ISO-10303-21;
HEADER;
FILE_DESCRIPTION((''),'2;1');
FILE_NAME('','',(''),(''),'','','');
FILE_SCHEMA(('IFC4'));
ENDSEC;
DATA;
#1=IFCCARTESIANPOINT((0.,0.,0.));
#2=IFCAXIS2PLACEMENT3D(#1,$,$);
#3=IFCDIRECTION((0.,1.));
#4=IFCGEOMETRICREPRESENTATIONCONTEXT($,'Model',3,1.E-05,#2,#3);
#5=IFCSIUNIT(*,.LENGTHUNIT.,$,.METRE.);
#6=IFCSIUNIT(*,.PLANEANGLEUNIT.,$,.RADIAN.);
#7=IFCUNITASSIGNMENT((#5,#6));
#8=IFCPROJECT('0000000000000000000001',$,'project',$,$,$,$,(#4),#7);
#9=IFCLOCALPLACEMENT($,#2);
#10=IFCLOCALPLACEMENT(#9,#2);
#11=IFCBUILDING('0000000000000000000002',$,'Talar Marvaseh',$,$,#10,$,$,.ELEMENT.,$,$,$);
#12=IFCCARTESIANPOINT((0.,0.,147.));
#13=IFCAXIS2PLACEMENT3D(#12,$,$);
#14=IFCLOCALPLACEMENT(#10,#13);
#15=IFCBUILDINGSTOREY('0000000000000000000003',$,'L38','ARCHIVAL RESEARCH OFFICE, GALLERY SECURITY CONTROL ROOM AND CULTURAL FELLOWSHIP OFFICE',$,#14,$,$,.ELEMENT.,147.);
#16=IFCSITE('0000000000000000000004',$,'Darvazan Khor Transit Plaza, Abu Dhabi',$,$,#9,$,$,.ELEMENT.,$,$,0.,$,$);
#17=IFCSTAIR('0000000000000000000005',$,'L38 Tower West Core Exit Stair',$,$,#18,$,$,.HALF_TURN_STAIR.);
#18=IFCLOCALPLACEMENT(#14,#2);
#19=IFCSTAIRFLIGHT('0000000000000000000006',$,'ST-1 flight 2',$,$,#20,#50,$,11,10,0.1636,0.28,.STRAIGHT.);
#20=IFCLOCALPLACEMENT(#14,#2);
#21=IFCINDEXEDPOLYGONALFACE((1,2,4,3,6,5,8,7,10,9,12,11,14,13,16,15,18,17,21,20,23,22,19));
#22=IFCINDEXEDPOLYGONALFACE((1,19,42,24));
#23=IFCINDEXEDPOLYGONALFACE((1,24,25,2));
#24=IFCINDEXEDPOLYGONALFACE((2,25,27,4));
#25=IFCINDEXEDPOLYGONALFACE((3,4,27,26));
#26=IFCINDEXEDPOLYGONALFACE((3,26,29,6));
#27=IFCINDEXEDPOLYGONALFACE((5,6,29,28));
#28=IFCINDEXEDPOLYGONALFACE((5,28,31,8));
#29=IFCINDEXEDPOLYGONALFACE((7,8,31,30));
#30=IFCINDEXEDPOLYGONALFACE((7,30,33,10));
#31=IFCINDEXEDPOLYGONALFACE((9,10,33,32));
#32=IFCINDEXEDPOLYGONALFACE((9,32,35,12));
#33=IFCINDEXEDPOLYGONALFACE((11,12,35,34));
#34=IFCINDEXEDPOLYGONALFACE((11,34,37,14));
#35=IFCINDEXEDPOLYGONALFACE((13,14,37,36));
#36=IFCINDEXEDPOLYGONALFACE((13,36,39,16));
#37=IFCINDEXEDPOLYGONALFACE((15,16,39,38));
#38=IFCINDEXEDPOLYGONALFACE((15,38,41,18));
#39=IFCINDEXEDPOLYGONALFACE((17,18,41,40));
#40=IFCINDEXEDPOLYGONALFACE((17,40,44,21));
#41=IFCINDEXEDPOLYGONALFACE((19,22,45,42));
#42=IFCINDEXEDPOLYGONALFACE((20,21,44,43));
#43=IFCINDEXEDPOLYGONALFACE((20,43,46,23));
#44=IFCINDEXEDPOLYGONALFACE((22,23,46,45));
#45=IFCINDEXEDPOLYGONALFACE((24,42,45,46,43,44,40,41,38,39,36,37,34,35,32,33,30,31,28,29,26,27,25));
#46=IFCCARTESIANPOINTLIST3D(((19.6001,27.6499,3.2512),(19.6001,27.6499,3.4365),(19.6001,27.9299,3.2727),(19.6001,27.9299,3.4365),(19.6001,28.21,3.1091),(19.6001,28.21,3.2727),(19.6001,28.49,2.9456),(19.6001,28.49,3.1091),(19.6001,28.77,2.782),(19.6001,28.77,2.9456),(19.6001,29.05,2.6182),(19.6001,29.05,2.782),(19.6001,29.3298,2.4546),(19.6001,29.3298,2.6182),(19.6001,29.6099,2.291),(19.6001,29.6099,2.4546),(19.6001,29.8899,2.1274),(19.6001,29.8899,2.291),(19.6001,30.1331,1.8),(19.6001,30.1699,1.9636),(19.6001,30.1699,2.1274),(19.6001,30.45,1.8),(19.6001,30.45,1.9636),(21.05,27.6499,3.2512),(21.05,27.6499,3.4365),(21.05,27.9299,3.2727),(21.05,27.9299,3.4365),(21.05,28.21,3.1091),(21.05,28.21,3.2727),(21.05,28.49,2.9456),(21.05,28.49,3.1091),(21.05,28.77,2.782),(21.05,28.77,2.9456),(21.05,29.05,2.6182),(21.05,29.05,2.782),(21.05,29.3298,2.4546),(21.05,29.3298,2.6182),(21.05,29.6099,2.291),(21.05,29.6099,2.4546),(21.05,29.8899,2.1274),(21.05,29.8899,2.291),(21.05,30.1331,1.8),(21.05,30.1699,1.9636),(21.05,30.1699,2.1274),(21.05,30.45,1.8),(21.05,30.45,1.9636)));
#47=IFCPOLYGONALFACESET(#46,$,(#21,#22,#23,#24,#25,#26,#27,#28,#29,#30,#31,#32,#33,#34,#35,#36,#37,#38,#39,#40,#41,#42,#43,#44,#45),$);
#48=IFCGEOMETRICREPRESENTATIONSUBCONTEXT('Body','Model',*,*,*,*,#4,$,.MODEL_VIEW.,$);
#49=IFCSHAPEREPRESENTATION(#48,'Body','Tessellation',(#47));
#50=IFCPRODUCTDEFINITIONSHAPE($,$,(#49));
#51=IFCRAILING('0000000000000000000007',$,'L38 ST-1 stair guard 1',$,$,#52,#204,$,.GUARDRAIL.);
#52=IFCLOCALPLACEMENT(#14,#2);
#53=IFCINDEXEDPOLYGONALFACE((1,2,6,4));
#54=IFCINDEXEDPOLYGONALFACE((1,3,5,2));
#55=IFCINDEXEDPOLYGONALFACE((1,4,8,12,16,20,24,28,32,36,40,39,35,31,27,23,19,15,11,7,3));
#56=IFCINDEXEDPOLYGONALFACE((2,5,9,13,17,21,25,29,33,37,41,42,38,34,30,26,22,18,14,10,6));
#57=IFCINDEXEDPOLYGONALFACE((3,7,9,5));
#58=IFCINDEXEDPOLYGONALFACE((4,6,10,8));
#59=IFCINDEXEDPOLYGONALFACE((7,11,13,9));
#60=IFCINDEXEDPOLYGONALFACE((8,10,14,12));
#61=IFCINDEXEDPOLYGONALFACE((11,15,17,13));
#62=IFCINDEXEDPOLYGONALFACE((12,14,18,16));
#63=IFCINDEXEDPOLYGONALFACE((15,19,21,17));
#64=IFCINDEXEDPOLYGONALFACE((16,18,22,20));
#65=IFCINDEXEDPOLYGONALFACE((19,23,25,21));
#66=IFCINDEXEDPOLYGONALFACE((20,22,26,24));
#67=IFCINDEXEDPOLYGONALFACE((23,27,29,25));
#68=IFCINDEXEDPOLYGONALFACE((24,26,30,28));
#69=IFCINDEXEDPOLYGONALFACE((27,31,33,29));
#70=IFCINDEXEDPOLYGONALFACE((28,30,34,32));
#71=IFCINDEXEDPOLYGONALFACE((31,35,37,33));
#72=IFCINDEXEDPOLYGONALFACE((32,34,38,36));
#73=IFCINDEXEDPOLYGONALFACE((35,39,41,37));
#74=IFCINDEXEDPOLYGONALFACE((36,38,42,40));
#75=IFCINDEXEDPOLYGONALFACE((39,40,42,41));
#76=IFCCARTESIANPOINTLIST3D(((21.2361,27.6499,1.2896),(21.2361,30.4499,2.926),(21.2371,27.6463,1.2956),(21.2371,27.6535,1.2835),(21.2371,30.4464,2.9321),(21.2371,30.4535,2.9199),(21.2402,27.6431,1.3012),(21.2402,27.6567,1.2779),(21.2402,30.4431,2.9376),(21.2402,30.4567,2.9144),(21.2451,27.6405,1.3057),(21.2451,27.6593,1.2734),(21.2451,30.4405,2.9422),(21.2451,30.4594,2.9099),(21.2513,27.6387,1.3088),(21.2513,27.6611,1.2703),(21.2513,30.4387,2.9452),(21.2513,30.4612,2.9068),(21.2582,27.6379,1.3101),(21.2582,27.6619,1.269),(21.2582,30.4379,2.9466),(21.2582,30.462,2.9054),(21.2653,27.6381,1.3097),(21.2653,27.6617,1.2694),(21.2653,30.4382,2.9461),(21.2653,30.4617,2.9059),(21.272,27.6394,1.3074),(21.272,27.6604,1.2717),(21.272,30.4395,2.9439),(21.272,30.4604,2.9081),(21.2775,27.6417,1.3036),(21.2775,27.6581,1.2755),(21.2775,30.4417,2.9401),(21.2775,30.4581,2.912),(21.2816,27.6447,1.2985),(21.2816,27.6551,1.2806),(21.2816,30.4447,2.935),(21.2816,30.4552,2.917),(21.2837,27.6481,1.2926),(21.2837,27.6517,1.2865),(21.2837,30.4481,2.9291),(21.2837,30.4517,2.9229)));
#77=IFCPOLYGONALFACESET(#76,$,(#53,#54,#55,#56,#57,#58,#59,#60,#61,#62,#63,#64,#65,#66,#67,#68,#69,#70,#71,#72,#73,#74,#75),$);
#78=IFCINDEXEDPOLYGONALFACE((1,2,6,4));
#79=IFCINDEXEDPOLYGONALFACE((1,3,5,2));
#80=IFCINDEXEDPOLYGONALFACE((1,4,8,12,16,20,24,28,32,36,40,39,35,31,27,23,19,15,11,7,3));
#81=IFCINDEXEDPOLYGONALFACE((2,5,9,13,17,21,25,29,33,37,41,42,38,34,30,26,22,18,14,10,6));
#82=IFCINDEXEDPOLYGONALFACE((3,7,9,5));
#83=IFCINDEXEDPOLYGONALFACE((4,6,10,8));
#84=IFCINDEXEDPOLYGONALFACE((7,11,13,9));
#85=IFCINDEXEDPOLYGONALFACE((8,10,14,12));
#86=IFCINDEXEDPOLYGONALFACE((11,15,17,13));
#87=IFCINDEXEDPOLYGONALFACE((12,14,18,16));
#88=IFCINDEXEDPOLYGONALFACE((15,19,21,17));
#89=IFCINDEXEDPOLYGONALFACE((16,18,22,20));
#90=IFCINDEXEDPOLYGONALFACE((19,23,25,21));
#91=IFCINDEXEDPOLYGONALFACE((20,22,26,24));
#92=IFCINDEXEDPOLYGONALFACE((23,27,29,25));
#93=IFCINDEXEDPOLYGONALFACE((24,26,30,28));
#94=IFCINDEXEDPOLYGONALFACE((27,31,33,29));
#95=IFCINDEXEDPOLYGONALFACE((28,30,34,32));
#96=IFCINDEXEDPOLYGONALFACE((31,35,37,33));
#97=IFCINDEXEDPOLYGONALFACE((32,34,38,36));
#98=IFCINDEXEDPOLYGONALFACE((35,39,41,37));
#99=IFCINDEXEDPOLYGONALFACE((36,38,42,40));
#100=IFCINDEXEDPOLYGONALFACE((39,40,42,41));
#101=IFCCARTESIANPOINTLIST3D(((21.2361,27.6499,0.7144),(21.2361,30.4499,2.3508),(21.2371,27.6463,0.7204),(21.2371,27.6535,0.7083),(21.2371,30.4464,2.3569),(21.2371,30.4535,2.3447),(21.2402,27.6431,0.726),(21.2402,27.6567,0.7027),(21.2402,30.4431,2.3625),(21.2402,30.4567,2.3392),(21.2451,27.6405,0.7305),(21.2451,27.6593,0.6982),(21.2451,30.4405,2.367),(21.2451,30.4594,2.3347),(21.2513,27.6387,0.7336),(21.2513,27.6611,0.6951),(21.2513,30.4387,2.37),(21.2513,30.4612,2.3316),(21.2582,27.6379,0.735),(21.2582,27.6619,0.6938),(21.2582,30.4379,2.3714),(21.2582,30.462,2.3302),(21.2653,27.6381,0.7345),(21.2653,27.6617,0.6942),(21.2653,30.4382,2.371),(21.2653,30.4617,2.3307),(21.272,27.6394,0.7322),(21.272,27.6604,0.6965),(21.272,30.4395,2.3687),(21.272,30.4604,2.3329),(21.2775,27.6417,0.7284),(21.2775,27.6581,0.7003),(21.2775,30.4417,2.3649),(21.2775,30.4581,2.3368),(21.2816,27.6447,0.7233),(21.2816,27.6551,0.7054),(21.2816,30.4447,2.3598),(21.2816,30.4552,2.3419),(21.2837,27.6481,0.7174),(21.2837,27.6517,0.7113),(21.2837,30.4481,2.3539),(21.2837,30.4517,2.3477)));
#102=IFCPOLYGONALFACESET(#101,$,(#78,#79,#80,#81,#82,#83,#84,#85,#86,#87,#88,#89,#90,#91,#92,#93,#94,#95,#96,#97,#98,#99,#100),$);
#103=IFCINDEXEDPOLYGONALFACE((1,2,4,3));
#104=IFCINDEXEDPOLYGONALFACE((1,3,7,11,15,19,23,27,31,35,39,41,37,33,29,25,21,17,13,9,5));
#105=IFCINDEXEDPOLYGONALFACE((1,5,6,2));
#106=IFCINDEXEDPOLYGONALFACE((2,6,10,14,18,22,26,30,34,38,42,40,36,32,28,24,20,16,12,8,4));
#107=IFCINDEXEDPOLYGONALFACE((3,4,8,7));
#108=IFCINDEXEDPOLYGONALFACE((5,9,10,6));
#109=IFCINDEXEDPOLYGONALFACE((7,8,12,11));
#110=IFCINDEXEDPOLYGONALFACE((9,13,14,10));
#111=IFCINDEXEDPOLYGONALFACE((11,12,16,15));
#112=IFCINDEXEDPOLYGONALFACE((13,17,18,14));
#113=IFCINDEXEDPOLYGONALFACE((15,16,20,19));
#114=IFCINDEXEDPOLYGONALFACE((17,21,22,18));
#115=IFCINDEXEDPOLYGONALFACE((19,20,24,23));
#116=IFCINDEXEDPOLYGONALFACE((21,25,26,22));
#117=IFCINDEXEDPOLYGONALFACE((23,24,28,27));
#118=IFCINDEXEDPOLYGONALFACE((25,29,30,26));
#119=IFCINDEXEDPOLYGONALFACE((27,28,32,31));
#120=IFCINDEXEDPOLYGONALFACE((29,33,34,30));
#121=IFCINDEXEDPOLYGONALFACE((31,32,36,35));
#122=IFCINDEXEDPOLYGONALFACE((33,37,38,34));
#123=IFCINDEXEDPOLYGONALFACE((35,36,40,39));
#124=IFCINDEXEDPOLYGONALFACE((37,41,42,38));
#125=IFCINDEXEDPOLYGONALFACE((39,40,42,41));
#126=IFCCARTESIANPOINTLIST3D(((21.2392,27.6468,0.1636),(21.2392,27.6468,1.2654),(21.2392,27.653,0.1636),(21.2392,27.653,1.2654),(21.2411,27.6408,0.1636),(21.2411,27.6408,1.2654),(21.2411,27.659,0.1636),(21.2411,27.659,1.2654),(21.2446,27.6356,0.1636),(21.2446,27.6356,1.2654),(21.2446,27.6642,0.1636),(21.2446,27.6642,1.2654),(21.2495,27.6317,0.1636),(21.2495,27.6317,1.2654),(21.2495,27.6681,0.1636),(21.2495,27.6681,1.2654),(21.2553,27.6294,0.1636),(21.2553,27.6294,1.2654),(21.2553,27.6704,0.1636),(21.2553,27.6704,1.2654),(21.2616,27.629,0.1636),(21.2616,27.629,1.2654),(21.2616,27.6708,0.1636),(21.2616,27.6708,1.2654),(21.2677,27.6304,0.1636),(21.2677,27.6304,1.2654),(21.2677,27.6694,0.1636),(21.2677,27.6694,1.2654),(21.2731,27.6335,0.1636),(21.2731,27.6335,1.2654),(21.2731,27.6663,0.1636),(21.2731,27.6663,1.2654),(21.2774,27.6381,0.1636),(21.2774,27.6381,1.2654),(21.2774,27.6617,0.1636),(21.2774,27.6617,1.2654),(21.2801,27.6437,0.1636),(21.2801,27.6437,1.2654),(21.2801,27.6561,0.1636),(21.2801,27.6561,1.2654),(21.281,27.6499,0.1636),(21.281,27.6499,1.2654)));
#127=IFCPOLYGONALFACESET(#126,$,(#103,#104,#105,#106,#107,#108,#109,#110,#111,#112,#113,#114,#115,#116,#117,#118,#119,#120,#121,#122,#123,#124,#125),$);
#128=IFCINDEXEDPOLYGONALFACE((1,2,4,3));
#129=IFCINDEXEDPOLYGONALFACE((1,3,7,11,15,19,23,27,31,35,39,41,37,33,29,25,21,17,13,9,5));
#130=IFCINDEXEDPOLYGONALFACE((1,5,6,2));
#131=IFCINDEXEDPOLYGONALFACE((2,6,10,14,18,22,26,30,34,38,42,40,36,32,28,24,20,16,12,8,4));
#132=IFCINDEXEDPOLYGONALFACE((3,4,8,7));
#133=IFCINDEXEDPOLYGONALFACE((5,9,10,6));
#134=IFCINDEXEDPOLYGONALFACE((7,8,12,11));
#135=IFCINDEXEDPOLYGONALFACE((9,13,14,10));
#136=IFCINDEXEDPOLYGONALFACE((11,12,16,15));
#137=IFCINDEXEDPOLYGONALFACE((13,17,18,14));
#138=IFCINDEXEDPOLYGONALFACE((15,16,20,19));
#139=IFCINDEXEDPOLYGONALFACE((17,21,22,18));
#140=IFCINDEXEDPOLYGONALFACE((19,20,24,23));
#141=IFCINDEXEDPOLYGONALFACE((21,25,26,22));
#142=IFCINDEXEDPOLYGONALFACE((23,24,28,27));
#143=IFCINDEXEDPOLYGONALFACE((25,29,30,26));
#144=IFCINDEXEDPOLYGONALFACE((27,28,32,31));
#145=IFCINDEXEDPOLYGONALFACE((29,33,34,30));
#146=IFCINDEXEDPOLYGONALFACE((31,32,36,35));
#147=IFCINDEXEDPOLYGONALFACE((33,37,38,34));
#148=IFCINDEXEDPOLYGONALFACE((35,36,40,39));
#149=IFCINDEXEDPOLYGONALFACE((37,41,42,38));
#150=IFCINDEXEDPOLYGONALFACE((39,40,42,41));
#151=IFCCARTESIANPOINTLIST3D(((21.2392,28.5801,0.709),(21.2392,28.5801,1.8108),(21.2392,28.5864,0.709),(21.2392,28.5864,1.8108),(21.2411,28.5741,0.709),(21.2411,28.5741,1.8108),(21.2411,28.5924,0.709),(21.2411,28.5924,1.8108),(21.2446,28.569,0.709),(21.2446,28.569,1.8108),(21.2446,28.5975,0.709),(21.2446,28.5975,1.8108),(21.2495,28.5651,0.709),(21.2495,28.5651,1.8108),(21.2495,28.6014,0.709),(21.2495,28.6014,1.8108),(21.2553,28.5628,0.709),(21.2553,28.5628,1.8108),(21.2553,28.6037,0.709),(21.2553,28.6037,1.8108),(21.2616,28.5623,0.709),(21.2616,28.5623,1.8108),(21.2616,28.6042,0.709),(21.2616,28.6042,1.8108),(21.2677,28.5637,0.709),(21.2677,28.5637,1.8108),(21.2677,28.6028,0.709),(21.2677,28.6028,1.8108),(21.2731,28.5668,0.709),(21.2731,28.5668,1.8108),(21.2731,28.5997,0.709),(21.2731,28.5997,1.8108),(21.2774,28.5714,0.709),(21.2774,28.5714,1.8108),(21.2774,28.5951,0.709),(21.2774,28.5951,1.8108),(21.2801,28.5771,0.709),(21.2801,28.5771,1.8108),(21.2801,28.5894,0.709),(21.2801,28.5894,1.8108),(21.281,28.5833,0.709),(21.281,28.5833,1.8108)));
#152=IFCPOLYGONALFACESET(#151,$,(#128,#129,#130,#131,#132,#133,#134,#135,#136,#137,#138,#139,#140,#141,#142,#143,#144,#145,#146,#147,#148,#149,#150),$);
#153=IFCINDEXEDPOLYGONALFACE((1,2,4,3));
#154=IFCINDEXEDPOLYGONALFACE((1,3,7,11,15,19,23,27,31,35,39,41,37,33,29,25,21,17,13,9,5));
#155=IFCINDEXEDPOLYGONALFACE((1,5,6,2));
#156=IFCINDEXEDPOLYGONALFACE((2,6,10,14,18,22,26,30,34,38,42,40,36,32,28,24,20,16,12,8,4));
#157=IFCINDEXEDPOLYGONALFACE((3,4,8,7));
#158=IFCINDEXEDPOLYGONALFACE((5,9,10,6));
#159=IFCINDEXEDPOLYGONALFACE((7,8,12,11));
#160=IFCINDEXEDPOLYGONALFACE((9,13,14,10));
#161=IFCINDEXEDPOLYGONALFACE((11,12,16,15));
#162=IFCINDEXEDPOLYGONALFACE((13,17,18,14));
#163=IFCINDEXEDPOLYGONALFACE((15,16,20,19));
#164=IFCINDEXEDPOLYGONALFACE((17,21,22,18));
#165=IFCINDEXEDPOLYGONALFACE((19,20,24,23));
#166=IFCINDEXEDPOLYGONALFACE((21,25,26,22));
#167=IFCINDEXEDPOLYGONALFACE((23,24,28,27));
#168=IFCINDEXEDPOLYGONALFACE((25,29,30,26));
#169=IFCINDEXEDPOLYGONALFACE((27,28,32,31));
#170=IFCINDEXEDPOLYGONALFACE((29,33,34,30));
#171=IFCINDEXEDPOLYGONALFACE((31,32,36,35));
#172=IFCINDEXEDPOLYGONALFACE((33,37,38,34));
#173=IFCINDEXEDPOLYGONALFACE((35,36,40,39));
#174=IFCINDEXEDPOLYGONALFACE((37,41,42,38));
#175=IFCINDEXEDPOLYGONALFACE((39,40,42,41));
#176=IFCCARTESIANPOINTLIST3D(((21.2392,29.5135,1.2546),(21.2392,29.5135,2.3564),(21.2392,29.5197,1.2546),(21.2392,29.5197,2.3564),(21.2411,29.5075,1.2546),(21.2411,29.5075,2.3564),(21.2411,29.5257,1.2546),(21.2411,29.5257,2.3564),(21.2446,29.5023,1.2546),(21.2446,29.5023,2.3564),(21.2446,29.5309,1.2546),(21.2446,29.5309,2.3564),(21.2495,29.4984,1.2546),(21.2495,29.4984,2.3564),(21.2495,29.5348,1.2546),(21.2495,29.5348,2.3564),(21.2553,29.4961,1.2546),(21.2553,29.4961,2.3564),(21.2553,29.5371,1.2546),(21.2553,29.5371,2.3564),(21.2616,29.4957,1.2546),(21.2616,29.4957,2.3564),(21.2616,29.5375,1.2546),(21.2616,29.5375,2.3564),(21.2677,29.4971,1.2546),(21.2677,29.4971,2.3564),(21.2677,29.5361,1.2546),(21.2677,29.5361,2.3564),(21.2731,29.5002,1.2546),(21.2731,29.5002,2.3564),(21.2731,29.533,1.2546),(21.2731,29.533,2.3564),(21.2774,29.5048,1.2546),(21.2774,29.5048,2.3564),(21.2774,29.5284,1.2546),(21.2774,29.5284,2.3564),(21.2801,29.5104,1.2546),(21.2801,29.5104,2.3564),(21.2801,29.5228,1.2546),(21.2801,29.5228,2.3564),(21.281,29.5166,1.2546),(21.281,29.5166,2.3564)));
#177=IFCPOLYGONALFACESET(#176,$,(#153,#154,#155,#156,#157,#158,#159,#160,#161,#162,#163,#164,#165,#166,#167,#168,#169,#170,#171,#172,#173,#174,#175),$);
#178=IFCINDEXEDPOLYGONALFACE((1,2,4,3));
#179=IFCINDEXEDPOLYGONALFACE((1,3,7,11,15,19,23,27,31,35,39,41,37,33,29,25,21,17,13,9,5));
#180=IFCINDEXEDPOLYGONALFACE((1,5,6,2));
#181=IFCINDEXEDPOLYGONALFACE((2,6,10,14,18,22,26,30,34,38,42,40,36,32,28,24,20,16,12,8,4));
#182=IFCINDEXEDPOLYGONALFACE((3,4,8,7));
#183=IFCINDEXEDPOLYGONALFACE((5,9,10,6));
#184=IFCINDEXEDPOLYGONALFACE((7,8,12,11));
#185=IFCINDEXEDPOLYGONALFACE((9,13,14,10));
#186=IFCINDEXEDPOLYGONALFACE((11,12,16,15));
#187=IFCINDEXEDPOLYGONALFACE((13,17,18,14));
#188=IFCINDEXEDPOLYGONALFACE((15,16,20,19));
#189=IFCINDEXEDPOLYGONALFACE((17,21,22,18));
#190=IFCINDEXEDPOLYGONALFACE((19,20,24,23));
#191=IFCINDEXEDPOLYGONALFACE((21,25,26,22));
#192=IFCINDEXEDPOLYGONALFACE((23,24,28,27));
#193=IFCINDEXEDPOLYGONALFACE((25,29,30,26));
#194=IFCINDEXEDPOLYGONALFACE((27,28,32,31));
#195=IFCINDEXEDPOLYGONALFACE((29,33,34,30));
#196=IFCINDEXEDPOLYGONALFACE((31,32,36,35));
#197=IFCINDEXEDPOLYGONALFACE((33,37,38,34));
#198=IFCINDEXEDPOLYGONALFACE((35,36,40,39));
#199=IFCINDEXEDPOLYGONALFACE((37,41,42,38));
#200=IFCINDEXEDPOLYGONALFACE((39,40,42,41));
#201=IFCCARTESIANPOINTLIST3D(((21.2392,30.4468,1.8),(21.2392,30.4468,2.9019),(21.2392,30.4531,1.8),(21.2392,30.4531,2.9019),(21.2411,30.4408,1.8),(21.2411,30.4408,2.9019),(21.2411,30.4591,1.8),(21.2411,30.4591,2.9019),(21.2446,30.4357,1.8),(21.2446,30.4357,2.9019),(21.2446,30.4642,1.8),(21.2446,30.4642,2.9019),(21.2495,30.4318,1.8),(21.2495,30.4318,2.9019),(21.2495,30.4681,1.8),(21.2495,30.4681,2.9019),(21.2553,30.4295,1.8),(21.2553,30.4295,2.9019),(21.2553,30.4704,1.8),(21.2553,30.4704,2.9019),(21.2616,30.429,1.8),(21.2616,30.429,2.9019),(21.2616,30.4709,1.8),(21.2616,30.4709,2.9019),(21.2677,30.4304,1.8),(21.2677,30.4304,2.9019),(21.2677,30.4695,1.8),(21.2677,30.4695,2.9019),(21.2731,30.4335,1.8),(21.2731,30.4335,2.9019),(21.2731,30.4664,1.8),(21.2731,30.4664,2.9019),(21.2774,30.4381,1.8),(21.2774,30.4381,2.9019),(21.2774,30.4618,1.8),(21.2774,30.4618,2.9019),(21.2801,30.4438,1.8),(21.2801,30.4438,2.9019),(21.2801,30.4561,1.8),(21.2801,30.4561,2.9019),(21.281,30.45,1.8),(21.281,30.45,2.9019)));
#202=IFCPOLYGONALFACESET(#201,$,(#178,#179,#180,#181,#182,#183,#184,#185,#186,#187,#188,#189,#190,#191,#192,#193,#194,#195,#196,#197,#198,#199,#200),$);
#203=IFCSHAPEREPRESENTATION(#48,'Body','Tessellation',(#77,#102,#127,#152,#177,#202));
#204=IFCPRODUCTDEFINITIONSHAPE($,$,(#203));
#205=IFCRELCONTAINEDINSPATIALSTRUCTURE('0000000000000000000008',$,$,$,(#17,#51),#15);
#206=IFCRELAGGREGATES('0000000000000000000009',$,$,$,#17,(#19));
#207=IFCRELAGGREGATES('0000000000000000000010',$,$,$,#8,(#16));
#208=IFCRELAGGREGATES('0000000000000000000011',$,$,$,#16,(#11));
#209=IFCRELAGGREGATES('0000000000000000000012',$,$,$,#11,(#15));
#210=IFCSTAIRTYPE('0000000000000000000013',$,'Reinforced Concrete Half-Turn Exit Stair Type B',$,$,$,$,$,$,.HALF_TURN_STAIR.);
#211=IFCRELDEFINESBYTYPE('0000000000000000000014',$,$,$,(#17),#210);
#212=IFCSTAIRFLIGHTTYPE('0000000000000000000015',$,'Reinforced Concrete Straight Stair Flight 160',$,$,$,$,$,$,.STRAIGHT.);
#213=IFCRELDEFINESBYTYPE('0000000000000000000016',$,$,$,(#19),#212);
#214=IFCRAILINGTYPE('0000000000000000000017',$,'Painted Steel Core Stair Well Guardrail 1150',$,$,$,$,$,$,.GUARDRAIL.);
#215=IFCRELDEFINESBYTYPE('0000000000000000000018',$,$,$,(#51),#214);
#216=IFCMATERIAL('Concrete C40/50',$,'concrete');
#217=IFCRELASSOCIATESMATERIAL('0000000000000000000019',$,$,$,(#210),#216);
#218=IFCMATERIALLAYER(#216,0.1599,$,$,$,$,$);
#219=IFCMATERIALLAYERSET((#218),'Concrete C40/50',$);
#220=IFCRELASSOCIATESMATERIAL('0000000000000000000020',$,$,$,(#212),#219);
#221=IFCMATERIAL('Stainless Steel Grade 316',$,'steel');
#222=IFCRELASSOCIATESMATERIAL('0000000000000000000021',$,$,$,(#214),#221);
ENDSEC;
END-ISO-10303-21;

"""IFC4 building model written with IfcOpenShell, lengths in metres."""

from ifc_helpers import new_model, si_unit, direction, frame, origin, origin_2d, place, context, subcontext, project, spatial, polyline, circle, outline, extrude, material, layer, layer_set, type_object, element, aggregate, save


model = new_model("IFC4")

# Units and contexts
model_context = context("Model", 3, precision=1e-05, world=origin(), true_north=direction((0.0, 1.0)))
body_context = subcontext(model_context, "Body", "Model", "MODEL_VIEW")
ifc_project = project(units=[si_unit("LENGTHUNIT", "METRE"), si_unit("PLANEANGLEUNIT", "RADIAN")], contexts=[model_context])

# Site, building, storey
site_placement = place(None, origin())
site = spatial("IfcSite", under=ifc_project, at=site_placement, Name="Darvazan Khor Transit Plaza, Abu Dhabi", CompositionType="ELEMENT", RefElevation=0.0)
building_placement = place(site_placement, origin())
building = spatial("IfcBuilding", under=site, at=building_placement, Name="Talar Marvaseh", CompositionType="ELEMENT")
storey_placement = place(building_placement, frame((0.0, 0.0, 147.0)))
storey = spatial("IfcBuildingStorey", under=building, at=storey_placement, Name="L38", Description="ARCHIVAL RESEARCH OFFICE, GALLERY SECURITY CONTROL ROOM AND CULTURAL FELLOWSHIP OFFICE", CompositionType="ELEMENT", Elevation=147.0)

# Stair, stair flight
ifc_material_1 = material(Name="Concrete C40/50", Category="concrete")
stair_type = type_object("IfcStairType", Name="Reinforced Concrete Half-Turn Exit Stair Type B", PredefinedType="HALF_TURN_STAIR", material=ifc_material_1)
stair_placement = place(storey_placement, origin())
stair = element("IfcStair", 1, at=stair_placement, inside=storey, type_object=stair_type, Name="L38 Tower West Core Exit Stair", PredefinedType="HALF_TURN_STAIR")
ifc_layer_1 = layer(ifc_material_1, 0.1599)
ifc_layer_set_1 = layer_set([ifc_layer_1], Name="Concrete C40/50")
stair_flight_type = type_object("IfcStairFlightType", Name="Reinforced Concrete Straight Stair Flight 160", PredefinedType="STRAIGHT", material=ifc_layer_set_1)
stair_flight_placement = place(storey_placement, frame((20.325, 30.45, 1.8), z_axis=(0.0, 0.0, 1.0), x_axis=(0.0, -1.0, 0.0)))
stair_flight = element("IfcStairFlight", 2, at=stair_flight_placement, type_object=stair_flight_type, Name="ST-1 flight 2", NumberOfRisers=11, NumberOfTreads=10, PredefinedType="STRAIGHT", RiserHeight=0.1636, TreadLength=0.28, context=body_context, shape_type="SweptSolid", body=[
    extrude(outline(polyline([(0.0, 0.0), (0.0, 0.1636), (0.28, 0.1636), (0.28, 0.3274), (0.5601, 0.3274), (0.5601, 0.491), (0.8401, 0.491), (0.8401, 0.6545), (1.1201, 0.6545), (1.1201, 0.8181), (1.3999, 0.8181), (1.3999, 0.9819), (1.6799, 0.9819), (1.6799, 1.1455), (1.96, 1.1455), (1.96, 1.3091), (2.24, 1.3091), (2.24, 1.4727), (2.52, 1.4727), (2.52, 1.6365), (2.8, 1.6365), (2.8, 1.8), (2.8, 1.4512), (0.3169, 0.0), (0.0, 0.0)])), frame((0.0, 0.7251, 0.0), z_axis=(0.0, -1.0, 0.0), x_axis=(1.0, 0.0, 0.0)), (0.0, 0.0, 1.0), 1.45),
])
aggregate(stair, [stair_flight])

# Railing
ifc_material_2 = material(Name="Stainless Steel Grade 316", Category="steel")
railing_type_1 = type_object("IfcRailingType", Name="Painted Steel Core Stair Well Guardrail 1150", PredefinedType="GUARDRAIL", material=ifc_material_2)
railing_1_placement = place(storey_placement, frame((21.26, 27.6499, 0.1636)))
element("IfcRailing", 3, at=railing_1_placement, inside=storey, type_object=railing_type_1, Name="L38 ST-1 stair guard 1", PredefinedType="GUARDRAIL", context=body_context, shape_type="SweptSolid", body=[
    extrude(circle(Radius=0.0239, at=origin_2d()), frame((0.0, 0.0, 1.126), z_axis=(0.0, 0.863361, 0.504587), x_axis=(-1.0, 0.0, 0.0)), (0.0, 0.0, 1.0), 3.2432),
    extrude(circle(Radius=0.0239, at=origin_2d()), frame((0.0, 0.0, 0.5508), z_axis=(0.0, 0.863361, 0.504587), x_axis=(-1.0, 0.0, 0.0)), (0.0, 0.0, 1.0), 3.2432),
    extrude(circle(Radius=0.021, at=origin_2d()), origin(), (0.0, 0.0, 1.0), 1.1018),
    extrude(circle(Radius=0.021, at=origin_2d()), frame((0.0, 0.9333, 0.5454)), (0.0, 0.0, 1.0), 1.1018),
    extrude(circle(Radius=0.021, at=origin_2d()), frame((0.0, 1.8667, 1.0911)), (0.0, 0.0, 1.0), 1.1018),
    extrude(circle(Radius=0.021, at=origin_2d()), frame((0.0, 2.8, 1.6365)), (0.0, 0.0, 1.0), 1.1018),
])

save(model, "model.ifc")
